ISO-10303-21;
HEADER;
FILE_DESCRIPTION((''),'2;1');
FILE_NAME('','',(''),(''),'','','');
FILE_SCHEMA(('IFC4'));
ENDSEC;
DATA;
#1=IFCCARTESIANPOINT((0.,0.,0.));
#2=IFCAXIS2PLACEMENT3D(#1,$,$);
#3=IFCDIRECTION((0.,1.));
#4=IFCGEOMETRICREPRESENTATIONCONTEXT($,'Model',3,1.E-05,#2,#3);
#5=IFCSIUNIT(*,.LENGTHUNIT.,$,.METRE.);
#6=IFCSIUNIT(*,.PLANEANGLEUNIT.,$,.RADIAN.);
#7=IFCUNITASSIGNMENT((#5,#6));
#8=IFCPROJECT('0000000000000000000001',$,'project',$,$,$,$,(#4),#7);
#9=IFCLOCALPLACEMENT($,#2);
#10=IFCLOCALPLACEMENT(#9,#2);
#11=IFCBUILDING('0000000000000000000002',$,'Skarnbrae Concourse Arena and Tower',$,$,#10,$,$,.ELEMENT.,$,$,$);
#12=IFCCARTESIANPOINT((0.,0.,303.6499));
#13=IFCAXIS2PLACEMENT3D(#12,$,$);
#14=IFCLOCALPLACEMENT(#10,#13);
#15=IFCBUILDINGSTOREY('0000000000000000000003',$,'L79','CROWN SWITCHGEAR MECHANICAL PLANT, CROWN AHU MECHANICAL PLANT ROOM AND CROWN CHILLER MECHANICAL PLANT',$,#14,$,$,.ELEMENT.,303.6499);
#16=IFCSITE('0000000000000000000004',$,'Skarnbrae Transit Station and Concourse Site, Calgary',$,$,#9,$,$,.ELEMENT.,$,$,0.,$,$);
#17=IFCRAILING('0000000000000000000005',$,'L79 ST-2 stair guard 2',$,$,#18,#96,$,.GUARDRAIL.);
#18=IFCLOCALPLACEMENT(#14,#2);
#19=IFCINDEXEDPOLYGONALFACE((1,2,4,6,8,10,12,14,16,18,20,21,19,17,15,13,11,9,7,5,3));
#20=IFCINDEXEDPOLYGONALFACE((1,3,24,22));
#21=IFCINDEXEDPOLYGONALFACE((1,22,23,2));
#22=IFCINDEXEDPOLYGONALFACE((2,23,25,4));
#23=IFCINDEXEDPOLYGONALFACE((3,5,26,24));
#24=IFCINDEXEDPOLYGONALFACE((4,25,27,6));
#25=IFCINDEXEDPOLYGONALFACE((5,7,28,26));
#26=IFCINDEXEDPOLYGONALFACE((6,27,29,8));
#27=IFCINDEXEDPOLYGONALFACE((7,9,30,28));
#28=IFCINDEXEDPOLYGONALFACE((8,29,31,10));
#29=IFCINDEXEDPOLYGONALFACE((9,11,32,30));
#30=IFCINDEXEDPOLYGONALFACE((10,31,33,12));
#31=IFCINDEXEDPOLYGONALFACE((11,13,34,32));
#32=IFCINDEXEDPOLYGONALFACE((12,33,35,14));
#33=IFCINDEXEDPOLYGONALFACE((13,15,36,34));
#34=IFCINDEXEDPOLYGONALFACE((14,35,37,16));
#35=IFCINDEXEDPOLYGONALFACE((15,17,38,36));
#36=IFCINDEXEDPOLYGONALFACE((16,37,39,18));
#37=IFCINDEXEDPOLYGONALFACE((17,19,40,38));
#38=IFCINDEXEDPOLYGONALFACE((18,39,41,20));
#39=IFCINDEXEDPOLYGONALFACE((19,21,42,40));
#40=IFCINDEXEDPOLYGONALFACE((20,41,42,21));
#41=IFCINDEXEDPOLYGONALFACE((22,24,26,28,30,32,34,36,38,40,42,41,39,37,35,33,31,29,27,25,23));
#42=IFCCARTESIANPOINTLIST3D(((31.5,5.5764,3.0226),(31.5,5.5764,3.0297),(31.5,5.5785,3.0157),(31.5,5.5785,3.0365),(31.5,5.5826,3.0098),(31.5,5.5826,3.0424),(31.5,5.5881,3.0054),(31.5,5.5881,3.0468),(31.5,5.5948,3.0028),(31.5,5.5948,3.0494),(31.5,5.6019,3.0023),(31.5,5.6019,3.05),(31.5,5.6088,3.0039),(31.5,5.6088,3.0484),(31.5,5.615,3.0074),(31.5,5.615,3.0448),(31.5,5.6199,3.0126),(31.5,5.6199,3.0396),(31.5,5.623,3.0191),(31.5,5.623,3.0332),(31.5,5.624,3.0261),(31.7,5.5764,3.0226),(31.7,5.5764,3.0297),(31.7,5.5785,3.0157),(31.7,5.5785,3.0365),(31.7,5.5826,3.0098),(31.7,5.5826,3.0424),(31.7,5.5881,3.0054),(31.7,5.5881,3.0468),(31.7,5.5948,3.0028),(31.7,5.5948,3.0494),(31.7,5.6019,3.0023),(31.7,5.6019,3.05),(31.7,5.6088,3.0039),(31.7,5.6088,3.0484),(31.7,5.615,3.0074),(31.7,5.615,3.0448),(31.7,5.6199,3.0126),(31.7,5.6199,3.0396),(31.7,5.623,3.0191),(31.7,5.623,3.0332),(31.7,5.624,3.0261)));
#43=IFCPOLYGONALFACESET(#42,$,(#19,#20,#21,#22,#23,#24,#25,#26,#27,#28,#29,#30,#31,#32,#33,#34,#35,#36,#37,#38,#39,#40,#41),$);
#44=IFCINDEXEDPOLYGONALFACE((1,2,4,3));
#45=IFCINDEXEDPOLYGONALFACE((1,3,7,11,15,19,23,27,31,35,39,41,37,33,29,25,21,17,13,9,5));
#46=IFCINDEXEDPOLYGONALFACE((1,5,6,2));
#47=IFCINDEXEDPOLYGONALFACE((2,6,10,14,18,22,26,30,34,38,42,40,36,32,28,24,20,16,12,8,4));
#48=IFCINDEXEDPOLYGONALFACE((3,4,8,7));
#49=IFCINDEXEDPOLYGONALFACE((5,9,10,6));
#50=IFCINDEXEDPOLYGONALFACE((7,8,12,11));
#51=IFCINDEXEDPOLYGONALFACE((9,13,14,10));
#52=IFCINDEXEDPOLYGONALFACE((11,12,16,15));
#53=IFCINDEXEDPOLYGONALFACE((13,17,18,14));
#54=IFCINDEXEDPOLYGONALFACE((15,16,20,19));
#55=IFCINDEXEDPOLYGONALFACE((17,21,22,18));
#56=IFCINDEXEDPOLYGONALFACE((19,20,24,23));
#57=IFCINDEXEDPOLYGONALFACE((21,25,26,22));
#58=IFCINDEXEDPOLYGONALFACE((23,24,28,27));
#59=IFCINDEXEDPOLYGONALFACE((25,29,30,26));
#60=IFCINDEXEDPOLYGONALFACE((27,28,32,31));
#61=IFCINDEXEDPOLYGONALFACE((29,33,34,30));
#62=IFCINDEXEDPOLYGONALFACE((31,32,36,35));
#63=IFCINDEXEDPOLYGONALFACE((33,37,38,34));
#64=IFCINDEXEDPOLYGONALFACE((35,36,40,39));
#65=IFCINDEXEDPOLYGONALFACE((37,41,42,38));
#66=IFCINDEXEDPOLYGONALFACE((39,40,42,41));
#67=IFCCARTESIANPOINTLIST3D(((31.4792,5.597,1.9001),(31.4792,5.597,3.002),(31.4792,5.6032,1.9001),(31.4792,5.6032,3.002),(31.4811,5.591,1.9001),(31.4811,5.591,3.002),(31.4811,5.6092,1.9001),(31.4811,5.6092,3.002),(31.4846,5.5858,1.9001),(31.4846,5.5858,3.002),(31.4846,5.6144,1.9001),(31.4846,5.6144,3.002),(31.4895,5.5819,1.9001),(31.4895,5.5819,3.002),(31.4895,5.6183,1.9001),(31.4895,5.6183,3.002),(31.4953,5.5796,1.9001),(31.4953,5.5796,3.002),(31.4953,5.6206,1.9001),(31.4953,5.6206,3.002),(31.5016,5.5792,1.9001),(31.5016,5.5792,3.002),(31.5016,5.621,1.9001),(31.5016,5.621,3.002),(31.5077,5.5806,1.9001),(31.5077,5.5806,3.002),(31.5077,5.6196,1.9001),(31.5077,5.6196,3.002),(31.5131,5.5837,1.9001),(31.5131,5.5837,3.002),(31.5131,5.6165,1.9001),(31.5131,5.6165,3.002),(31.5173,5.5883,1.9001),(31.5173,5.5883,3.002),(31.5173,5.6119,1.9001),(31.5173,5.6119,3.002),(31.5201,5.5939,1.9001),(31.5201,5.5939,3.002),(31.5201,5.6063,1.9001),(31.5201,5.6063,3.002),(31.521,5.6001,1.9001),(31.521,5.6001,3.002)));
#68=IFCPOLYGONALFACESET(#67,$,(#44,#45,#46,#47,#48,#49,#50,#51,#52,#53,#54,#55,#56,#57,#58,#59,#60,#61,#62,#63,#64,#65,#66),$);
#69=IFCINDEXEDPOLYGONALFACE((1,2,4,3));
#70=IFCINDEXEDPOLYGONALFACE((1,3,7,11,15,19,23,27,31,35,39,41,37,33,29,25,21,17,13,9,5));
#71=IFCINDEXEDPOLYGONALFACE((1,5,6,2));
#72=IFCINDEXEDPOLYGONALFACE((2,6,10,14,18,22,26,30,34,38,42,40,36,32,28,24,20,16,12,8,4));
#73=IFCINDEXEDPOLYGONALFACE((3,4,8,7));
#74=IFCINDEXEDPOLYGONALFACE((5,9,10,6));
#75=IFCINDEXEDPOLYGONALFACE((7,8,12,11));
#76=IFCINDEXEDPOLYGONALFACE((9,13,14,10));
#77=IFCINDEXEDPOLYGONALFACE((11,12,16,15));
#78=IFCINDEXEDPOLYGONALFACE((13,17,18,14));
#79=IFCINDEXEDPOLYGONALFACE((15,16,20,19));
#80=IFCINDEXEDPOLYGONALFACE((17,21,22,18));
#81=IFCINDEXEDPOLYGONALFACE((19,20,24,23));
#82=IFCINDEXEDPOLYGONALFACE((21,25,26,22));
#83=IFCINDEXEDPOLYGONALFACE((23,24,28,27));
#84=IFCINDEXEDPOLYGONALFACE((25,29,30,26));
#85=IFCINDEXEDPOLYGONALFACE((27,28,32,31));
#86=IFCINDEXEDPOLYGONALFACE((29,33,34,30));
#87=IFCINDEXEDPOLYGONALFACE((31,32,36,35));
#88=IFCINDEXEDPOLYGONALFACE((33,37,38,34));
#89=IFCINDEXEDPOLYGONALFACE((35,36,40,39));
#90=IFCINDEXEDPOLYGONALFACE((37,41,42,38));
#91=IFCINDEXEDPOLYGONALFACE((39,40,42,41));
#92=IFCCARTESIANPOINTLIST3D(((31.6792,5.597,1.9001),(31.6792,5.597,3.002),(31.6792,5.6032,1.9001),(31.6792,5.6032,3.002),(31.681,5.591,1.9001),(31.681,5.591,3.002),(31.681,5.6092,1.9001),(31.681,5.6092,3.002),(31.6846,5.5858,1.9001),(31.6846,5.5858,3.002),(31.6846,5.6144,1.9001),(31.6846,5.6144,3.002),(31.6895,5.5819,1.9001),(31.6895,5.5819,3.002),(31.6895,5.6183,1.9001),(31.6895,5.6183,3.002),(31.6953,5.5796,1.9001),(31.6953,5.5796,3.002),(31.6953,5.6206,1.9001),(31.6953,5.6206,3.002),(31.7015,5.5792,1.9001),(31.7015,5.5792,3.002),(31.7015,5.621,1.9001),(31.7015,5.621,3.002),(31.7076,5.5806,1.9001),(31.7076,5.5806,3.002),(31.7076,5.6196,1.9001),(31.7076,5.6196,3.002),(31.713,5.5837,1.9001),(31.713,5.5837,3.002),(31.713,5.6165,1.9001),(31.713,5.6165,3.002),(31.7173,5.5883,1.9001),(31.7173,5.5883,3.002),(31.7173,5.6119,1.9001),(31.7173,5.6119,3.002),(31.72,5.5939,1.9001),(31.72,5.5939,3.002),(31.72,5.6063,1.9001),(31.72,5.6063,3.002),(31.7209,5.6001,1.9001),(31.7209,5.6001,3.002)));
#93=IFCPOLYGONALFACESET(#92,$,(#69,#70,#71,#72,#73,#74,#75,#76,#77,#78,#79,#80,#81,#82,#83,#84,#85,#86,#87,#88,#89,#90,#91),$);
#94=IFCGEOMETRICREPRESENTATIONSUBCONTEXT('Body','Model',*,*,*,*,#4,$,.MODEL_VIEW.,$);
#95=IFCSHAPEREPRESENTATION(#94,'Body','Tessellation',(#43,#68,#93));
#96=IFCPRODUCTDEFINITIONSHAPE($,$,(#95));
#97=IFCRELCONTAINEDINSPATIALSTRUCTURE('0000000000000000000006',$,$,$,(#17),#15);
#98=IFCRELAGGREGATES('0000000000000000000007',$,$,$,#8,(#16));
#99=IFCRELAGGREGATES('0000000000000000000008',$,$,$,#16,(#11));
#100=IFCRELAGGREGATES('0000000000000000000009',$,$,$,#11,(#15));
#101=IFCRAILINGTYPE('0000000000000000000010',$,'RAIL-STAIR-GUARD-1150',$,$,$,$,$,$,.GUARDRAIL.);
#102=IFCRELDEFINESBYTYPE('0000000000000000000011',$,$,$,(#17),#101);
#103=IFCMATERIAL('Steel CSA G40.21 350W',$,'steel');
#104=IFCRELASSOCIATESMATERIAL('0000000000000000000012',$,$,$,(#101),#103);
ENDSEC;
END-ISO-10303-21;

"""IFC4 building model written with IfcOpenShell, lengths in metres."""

from ifc_helpers import new_model, si_unit, direction, frame, origin, origin_2d, place, context, subcontext, project, spatial, circle, extrude, material, type_object, element, save


model = new_model("IFC4")

# Units and contexts
model_context = context("Model", 3, precision=1e-05, world=origin(), true_north=direction((0.0, 1.0)))
body_context = subcontext(model_context, "Body", "Model", "MODEL_VIEW")
ifc_project = project(units=[si_unit("LENGTHUNIT", "METRE"), si_unit("PLANEANGLEUNIT", "RADIAN")], contexts=[model_context])

# Site, building, storey
site_placement = place(None, origin())
site = spatial("IfcSite", under=ifc_project, at=site_placement, Name="Skarnbrae Transit Station and Concourse Site, Calgary", CompositionType="ELEMENT", RefElevation=0.0)
building_placement = place(site_placement, origin())
building = spatial("IfcBuilding", under=site, at=building_placement, Name="Skarnbrae Concourse Arena and Tower", CompositionType="ELEMENT")
storey_placement = place(building_placement, frame((0.0, 0.0, 303.6499)))
storey = spatial("IfcBuildingStorey", under=building, at=storey_placement, Name="L79", Description="CROWN SWITCHGEAR MECHANICAL PLANT, CROWN AHU MECHANICAL PLANT ROOM AND CROWN CHILLER MECHANICAL PLANT", CompositionType="ELEMENT", Elevation=303.6499)

# Shared definitions
ifc_material_1 = material(Name="Steel CSA G40.21 350W", Category="steel")

# Railing
railing_type_1 = type_object("IfcRailingType", Name="RAIL-STAIR-GUARD-1150", PredefinedType="GUARDRAIL", material=ifc_material_1)
railing_1_placement = place(storey_placement, frame((31.5, 5.6001, 1.9001)))
element("IfcRailing", 1, at=railing_1_placement, inside=storey, type_object=railing_type_1, Name="L79 ST-2 stair guard 2", PredefinedType="GUARDRAIL", context=body_context, shape_type="SweptSolid", body=[
    extrude(circle(Radius=0.0239, at=origin_2d()), frame((0.0, 0.0, 1.126), z_axis=(1.0, 0.0, 0.0), x_axis=(0.0, 1.0, 0.0)), (0.0, 0.0, 1.0), 0.2),
    extrude(circle(Radius=0.021, at=origin_2d()), origin(), (0.0, 0.0, 1.0), 1.1018),
    extrude(circle(Radius=0.021, at=origin_2d()), frame((0.2, 0.0, 0.0)), (0.0, 0.0, 1.0), 1.1018),
])

save(model, "model.ifc")
